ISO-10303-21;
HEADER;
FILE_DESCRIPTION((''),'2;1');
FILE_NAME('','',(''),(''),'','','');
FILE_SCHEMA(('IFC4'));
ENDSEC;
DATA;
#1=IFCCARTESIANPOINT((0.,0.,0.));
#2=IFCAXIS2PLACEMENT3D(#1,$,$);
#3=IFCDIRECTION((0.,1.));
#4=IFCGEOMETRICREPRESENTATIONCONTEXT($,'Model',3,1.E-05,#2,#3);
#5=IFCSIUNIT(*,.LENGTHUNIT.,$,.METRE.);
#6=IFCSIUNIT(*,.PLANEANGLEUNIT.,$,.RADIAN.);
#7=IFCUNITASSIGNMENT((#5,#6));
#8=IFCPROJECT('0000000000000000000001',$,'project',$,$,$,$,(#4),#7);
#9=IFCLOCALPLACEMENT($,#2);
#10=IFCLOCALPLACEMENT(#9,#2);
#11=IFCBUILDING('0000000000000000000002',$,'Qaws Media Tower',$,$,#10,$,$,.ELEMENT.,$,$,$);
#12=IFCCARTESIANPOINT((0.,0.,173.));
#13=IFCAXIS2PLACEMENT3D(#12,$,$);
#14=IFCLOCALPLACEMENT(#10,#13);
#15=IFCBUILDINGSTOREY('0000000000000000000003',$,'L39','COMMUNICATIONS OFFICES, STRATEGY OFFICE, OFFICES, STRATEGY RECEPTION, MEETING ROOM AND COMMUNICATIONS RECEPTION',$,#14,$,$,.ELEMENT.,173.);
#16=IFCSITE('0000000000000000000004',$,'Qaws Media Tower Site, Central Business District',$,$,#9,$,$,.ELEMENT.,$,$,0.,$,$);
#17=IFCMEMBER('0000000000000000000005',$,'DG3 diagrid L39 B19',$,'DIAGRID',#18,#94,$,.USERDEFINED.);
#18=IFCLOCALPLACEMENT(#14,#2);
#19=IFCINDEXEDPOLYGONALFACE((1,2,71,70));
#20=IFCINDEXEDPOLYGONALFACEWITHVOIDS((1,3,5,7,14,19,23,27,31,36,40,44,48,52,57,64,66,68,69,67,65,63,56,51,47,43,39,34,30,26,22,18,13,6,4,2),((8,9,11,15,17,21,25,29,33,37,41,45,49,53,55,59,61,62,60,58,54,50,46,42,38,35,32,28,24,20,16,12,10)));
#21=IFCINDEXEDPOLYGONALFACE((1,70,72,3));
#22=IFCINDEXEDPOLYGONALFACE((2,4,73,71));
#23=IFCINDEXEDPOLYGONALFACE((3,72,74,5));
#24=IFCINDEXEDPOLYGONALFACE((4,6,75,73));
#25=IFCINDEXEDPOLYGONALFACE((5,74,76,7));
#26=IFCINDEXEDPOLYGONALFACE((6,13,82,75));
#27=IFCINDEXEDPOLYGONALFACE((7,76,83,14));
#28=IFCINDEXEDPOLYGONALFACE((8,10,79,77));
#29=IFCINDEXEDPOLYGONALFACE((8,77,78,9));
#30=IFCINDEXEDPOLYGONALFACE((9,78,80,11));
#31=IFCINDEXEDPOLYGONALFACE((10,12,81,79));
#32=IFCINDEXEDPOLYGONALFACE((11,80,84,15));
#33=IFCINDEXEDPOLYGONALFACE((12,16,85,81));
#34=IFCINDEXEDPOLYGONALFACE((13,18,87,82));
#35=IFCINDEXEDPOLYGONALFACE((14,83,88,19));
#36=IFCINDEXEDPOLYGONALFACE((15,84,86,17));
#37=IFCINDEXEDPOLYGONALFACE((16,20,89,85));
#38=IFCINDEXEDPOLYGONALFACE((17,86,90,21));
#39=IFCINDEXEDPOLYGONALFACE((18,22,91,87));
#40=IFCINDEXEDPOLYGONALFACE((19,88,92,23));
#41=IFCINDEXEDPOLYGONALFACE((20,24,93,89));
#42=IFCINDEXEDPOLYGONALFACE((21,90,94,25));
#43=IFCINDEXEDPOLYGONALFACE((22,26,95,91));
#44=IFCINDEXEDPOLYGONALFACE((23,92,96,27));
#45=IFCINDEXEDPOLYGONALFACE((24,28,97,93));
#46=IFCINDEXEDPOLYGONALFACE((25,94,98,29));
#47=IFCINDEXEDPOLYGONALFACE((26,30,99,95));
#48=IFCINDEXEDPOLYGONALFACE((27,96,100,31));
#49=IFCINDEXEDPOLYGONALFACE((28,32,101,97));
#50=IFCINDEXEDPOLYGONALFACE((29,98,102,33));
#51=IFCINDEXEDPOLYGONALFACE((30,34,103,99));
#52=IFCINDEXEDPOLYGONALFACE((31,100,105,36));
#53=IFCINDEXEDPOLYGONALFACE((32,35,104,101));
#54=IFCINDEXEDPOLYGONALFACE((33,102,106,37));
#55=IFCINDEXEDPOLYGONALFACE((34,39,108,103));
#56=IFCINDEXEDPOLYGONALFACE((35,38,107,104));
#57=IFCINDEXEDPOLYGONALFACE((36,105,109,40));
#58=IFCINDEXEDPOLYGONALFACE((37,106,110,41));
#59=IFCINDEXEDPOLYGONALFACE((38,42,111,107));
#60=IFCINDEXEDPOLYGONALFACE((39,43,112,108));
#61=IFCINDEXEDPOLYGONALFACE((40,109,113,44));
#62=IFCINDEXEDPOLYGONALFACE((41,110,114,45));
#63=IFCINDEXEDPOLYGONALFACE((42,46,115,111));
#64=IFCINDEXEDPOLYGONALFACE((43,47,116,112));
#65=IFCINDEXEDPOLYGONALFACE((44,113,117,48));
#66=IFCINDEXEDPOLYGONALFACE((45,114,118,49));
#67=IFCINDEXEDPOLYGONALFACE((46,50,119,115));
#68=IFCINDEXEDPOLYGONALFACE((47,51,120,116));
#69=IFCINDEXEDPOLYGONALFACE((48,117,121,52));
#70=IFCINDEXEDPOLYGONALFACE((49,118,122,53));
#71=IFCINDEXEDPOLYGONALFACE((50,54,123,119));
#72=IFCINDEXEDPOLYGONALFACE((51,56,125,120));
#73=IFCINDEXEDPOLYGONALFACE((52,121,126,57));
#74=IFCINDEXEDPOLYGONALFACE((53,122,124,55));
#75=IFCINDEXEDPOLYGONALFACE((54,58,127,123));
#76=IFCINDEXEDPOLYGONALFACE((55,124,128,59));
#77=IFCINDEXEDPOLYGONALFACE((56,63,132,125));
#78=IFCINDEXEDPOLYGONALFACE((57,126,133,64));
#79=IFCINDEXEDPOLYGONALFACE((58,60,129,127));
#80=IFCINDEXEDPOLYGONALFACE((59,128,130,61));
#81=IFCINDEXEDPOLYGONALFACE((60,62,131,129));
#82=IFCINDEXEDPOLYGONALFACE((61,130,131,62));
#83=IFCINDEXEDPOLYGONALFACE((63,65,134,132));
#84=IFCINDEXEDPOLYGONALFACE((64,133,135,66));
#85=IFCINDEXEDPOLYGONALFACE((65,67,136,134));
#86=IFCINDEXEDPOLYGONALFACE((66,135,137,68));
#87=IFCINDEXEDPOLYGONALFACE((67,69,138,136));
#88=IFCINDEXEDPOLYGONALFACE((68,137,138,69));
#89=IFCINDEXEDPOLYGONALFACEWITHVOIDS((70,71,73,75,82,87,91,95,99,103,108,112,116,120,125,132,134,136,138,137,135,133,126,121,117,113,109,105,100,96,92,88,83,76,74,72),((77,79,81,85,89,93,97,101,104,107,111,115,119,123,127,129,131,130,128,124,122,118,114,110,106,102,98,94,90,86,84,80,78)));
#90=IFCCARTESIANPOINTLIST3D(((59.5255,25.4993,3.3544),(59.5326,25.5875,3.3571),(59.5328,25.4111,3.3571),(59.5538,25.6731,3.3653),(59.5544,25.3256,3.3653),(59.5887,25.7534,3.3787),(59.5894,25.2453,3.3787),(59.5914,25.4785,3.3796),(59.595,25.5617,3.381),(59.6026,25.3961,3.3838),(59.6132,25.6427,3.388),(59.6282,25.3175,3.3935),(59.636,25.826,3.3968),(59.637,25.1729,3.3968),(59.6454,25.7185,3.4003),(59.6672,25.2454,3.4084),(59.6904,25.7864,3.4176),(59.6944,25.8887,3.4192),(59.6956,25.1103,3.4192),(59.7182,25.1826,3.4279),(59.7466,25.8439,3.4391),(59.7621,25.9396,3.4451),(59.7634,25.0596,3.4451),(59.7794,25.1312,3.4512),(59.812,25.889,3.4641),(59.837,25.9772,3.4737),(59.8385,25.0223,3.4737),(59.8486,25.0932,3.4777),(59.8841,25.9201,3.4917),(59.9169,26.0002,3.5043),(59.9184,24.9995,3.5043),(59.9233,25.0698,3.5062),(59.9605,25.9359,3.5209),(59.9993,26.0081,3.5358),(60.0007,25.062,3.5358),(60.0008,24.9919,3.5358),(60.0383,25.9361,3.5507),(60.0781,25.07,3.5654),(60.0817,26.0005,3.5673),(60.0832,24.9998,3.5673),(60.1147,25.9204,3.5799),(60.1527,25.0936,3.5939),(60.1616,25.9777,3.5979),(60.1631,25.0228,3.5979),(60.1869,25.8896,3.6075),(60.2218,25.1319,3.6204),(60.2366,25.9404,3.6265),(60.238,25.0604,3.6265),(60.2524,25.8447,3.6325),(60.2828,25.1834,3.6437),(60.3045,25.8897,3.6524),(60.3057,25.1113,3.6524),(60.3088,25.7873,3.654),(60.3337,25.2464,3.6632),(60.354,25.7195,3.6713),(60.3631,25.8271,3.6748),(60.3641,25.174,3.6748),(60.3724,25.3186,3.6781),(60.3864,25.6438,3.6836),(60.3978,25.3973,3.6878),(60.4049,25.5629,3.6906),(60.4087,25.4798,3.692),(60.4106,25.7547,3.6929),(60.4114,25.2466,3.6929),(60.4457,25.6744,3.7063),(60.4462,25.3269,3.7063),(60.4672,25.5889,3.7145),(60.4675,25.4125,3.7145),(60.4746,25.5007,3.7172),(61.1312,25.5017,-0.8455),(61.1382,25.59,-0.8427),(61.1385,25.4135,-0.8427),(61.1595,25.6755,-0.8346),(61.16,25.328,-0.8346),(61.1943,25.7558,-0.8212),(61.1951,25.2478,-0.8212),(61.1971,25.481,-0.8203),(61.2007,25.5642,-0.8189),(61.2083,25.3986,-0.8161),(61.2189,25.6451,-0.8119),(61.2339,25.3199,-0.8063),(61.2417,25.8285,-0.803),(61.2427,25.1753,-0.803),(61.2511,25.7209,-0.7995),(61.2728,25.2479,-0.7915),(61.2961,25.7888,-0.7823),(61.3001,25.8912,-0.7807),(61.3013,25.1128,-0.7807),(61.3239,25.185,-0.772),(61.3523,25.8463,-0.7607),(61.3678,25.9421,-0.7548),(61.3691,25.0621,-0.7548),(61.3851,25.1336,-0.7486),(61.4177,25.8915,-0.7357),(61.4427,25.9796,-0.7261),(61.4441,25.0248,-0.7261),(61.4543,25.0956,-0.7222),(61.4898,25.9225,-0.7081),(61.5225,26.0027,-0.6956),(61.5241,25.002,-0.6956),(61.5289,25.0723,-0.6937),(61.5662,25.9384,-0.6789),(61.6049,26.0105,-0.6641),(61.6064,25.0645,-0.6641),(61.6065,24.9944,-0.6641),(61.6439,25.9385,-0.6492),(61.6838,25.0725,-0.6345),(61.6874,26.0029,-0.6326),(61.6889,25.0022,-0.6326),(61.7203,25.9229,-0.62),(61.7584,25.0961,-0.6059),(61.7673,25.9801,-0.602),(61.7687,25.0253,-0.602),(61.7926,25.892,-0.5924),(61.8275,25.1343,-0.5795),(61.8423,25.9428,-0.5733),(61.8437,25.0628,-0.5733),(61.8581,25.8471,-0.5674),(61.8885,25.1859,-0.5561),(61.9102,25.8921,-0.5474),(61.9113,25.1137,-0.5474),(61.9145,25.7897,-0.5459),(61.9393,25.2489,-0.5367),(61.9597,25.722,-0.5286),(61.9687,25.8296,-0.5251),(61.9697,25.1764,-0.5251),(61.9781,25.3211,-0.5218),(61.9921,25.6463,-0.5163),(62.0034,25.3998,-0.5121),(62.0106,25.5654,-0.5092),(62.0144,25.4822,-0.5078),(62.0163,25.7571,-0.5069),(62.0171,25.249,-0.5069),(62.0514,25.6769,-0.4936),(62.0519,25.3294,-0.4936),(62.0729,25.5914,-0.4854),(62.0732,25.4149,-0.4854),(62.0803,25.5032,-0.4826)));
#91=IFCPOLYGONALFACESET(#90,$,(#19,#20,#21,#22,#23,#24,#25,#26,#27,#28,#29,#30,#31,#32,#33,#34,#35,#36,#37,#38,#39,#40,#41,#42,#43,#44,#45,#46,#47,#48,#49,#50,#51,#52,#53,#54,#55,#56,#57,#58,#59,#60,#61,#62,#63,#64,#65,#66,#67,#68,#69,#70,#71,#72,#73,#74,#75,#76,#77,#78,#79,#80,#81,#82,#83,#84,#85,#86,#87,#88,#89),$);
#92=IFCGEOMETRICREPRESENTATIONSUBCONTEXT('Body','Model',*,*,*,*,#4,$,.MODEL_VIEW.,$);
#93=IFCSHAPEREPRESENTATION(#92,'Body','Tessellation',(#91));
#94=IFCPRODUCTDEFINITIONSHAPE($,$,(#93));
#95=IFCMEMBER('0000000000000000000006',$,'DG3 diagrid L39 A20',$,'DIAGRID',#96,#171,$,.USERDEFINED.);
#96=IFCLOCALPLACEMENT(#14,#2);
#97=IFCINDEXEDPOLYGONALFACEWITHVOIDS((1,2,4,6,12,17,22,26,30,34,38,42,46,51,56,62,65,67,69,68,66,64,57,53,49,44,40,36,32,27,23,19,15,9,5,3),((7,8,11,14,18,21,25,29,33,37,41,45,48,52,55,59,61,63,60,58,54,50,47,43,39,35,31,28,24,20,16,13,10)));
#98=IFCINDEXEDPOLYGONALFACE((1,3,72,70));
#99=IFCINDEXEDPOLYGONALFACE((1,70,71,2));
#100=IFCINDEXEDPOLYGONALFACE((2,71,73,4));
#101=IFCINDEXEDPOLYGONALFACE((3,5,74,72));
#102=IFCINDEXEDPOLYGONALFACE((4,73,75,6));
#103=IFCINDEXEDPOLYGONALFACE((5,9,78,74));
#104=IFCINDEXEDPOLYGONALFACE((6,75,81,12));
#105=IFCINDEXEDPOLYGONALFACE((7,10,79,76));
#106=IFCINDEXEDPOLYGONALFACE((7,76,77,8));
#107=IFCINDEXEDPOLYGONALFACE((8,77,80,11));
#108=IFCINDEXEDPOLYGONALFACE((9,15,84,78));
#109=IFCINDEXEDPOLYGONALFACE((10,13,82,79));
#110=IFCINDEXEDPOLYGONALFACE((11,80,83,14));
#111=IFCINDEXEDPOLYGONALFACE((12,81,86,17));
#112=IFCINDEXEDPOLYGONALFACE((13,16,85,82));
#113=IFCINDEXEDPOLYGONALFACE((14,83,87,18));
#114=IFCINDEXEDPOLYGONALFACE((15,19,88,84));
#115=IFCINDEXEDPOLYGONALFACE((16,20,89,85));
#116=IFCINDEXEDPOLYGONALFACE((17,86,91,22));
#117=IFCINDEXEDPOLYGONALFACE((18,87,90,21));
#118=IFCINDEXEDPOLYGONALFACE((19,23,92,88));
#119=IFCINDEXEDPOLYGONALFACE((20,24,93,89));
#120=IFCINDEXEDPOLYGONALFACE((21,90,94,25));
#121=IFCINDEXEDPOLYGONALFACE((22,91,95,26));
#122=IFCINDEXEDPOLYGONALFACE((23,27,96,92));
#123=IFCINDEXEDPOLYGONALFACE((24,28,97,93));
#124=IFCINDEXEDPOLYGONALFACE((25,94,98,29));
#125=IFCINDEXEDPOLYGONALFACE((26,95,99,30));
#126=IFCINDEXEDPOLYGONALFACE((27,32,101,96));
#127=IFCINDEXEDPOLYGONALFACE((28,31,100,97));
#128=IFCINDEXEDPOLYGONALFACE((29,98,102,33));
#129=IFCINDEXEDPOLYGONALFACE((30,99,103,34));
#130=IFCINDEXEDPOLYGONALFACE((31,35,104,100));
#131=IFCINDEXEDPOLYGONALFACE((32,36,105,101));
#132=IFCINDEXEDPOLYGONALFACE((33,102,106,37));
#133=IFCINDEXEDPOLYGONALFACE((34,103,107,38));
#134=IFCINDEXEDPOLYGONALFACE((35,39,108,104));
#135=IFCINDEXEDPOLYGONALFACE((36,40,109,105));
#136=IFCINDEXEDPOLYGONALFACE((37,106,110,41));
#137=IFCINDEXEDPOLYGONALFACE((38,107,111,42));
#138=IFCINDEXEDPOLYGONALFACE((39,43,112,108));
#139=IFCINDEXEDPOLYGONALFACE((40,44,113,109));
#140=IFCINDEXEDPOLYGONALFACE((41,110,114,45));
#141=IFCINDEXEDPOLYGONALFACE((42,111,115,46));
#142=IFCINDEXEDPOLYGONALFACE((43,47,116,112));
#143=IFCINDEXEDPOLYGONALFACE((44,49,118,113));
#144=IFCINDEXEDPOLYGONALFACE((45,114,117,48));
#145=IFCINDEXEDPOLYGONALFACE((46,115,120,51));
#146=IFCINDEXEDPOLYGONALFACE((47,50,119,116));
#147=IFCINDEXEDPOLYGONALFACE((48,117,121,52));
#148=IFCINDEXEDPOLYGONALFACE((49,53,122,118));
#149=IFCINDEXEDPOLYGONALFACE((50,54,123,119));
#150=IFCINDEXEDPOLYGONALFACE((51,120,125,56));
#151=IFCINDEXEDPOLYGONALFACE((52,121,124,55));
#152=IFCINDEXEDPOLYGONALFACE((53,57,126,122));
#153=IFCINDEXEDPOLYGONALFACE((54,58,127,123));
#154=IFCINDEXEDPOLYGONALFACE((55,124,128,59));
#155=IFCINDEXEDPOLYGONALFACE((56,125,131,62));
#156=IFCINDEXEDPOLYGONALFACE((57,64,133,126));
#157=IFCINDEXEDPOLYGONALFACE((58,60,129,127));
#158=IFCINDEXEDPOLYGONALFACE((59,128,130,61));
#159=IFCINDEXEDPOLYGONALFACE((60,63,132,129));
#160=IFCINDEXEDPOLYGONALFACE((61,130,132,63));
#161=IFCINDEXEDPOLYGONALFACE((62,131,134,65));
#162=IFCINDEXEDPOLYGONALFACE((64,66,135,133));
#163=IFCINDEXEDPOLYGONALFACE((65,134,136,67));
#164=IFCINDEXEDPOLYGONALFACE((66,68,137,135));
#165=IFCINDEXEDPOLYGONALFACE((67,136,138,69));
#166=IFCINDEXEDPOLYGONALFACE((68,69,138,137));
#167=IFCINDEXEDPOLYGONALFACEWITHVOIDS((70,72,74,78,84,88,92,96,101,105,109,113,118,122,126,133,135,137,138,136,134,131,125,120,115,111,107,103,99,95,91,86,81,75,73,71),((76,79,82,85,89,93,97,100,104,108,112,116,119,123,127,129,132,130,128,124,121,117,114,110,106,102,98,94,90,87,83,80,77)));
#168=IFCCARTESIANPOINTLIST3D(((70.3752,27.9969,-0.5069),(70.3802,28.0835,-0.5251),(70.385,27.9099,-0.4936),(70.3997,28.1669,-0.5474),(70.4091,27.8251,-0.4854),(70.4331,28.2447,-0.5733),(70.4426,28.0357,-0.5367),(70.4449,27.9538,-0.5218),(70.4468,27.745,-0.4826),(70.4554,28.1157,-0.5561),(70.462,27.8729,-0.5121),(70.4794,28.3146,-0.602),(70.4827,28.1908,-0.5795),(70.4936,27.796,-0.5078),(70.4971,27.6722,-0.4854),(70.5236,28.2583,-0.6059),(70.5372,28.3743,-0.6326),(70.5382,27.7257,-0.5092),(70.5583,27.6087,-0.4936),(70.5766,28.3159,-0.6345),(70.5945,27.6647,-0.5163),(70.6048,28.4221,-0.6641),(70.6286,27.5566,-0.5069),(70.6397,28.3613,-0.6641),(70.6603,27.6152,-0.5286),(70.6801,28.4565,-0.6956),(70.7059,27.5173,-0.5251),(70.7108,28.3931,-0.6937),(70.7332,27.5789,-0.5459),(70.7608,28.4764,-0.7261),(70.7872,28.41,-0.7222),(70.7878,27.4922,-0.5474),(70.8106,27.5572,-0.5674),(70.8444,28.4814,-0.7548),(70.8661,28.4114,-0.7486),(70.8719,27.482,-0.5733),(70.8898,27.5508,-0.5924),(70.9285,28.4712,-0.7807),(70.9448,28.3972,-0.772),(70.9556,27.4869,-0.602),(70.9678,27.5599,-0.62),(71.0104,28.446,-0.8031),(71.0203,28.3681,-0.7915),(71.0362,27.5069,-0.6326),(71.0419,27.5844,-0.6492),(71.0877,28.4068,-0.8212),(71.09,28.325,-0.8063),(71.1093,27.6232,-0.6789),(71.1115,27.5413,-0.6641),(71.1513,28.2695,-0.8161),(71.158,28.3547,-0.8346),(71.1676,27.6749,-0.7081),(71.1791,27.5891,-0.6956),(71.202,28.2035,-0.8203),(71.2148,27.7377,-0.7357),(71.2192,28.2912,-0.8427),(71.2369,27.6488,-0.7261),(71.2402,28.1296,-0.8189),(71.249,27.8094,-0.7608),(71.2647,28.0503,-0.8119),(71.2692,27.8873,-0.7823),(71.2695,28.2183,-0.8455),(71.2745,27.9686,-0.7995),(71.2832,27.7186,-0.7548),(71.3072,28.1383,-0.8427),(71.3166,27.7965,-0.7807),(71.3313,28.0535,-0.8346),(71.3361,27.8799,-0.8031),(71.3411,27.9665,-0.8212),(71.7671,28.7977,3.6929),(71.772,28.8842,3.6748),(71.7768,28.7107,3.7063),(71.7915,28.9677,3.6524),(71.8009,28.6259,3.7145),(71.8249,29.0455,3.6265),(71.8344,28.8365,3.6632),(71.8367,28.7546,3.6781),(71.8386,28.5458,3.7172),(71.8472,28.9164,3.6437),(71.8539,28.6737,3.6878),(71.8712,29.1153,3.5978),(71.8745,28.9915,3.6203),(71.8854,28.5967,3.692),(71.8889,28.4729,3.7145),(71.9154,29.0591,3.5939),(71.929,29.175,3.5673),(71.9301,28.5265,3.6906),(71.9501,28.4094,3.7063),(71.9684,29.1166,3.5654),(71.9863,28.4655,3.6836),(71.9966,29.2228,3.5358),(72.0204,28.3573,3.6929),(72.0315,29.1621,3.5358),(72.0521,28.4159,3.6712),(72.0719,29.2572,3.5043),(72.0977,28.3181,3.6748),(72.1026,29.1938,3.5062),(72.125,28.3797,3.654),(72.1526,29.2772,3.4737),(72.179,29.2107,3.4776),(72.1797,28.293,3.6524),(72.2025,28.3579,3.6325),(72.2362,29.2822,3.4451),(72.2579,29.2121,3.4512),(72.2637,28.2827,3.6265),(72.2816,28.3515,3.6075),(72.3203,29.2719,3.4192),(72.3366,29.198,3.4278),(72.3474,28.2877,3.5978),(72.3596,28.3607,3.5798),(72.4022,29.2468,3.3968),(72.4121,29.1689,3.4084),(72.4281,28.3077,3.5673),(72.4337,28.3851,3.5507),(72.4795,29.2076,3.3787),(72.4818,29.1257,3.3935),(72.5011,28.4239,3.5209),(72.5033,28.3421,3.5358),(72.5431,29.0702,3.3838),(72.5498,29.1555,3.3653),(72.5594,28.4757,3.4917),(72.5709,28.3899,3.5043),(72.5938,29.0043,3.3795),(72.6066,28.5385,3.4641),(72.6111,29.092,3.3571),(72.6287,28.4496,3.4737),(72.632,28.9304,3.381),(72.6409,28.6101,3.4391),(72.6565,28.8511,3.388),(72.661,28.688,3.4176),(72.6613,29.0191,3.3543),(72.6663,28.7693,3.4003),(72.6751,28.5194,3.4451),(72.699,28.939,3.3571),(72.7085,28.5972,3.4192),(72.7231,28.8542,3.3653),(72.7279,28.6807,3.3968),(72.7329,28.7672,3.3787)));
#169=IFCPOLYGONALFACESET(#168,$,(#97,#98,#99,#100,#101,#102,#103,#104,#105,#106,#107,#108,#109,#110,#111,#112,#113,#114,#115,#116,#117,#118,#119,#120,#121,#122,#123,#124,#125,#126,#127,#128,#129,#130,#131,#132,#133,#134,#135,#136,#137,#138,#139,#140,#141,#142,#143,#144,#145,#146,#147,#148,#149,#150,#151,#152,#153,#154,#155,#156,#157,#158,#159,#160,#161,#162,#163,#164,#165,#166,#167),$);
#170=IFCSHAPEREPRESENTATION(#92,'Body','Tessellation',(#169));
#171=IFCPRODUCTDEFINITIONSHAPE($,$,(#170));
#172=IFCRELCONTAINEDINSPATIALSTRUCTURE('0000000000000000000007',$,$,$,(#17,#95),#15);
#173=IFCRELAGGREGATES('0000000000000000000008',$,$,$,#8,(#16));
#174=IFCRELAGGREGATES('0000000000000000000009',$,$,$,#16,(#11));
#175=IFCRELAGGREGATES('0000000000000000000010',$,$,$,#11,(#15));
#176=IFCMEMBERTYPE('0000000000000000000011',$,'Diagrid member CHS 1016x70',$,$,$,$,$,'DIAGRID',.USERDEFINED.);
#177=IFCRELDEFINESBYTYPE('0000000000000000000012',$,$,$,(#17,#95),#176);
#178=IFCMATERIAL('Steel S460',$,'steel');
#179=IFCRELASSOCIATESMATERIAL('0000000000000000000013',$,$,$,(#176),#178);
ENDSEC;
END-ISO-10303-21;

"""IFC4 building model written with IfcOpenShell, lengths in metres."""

from ifc_helpers import new_model, si_unit, direction, frame, origin, origin_2d, place, context, subcontext, project, spatial, hollow_circle, extrude, material, material_profile, profile_set, type_object, element, save


model = new_model("IFC4")

# Units and contexts
model_context = context("Model", 3, precision=1e-05, world=origin(), true_north=direction((0.0, 1.0)))
body_context = subcontext(model_context, "Body", "Model", "MODEL_VIEW")
ifc_project = project(units=[si_unit("LENGTHUNIT", "METRE"), si_unit("PLANEANGLEUNIT", "RADIAN")], contexts=[model_context])

# Site, building, storey
site_placement = place(None, origin())
site = spatial("IfcSite", under=ifc_project, at=site_placement, Name="Qaws Media Tower Site, Central Business District", CompositionType="ELEMENT", RefElevation=0.0)
building_placement = place(site_placement, origin())
building = spatial("IfcBuilding", under=site, at=building_placement, Name="Qaws Media Tower", CompositionType="ELEMENT")
storey_placement = place(building_placement, frame((0.0, 0.0, 173.0)))
storey = spatial("IfcBuildingStorey", under=building, at=storey_placement, Name="L39", Description="COMMUNICATIONS OFFICES, STRATEGY OFFICE, OFFICES, STRATEGY RECEPTION, MEETING ROOM AND COMMUNICATIONS RECEPTION", CompositionType="ELEMENT", Elevation=173.0)

# Members
ifc_material_1 = material(Name="Steel S460", Category="steel")
ifc_material_profile_1 = material_profile(ifc_material_1, hollow_circle(Radius=0.5081, WallThickness=0.0701, at=origin_2d()), Name="CHS 1016x70")
ifc_profile_set_1 = profile_set([ifc_material_profile_1], Name="Steel S460")
member_type_1 = type_object("IfcMemberType", Name="Diagrid member CHS 1016x70", ElementType="DIAGRID", PredefinedType="USERDEFINED", material=ifc_profile_set_1)
for number, where, z_axis, x_axis, name in (
    (1, (61.6057, 25.5024, -0.6641), (-0.357108, -0.000543, 0.934063), (0.00152, -0.999999, 0.0), "DG3 diagrid L39 B19"),
    (2, (70.8582, 27.9817, -0.6641), (0.309543, 0.178092, 0.934059), (-0.498691, 0.86678, 0.0), "DG3 diagrid L39 A20"),
):
    element("IfcMember", number, at=place(storey_placement, frame(where, z_axis=z_axis, x_axis=x_axis)), inside=storey, type_object=member_type_1, Name=name, ObjectType="DIAGRID", PredefinedType="USERDEFINED", context=body_context, shape_type="SweptSolid", body=[
        extrude(hollow_circle(Radius=0.5081, WallThickness=0.0701, at=origin_2d()), origin(), (0.0, 0.0, 1.0), 4.4963),
    ])

save(model, "model.ifc")
